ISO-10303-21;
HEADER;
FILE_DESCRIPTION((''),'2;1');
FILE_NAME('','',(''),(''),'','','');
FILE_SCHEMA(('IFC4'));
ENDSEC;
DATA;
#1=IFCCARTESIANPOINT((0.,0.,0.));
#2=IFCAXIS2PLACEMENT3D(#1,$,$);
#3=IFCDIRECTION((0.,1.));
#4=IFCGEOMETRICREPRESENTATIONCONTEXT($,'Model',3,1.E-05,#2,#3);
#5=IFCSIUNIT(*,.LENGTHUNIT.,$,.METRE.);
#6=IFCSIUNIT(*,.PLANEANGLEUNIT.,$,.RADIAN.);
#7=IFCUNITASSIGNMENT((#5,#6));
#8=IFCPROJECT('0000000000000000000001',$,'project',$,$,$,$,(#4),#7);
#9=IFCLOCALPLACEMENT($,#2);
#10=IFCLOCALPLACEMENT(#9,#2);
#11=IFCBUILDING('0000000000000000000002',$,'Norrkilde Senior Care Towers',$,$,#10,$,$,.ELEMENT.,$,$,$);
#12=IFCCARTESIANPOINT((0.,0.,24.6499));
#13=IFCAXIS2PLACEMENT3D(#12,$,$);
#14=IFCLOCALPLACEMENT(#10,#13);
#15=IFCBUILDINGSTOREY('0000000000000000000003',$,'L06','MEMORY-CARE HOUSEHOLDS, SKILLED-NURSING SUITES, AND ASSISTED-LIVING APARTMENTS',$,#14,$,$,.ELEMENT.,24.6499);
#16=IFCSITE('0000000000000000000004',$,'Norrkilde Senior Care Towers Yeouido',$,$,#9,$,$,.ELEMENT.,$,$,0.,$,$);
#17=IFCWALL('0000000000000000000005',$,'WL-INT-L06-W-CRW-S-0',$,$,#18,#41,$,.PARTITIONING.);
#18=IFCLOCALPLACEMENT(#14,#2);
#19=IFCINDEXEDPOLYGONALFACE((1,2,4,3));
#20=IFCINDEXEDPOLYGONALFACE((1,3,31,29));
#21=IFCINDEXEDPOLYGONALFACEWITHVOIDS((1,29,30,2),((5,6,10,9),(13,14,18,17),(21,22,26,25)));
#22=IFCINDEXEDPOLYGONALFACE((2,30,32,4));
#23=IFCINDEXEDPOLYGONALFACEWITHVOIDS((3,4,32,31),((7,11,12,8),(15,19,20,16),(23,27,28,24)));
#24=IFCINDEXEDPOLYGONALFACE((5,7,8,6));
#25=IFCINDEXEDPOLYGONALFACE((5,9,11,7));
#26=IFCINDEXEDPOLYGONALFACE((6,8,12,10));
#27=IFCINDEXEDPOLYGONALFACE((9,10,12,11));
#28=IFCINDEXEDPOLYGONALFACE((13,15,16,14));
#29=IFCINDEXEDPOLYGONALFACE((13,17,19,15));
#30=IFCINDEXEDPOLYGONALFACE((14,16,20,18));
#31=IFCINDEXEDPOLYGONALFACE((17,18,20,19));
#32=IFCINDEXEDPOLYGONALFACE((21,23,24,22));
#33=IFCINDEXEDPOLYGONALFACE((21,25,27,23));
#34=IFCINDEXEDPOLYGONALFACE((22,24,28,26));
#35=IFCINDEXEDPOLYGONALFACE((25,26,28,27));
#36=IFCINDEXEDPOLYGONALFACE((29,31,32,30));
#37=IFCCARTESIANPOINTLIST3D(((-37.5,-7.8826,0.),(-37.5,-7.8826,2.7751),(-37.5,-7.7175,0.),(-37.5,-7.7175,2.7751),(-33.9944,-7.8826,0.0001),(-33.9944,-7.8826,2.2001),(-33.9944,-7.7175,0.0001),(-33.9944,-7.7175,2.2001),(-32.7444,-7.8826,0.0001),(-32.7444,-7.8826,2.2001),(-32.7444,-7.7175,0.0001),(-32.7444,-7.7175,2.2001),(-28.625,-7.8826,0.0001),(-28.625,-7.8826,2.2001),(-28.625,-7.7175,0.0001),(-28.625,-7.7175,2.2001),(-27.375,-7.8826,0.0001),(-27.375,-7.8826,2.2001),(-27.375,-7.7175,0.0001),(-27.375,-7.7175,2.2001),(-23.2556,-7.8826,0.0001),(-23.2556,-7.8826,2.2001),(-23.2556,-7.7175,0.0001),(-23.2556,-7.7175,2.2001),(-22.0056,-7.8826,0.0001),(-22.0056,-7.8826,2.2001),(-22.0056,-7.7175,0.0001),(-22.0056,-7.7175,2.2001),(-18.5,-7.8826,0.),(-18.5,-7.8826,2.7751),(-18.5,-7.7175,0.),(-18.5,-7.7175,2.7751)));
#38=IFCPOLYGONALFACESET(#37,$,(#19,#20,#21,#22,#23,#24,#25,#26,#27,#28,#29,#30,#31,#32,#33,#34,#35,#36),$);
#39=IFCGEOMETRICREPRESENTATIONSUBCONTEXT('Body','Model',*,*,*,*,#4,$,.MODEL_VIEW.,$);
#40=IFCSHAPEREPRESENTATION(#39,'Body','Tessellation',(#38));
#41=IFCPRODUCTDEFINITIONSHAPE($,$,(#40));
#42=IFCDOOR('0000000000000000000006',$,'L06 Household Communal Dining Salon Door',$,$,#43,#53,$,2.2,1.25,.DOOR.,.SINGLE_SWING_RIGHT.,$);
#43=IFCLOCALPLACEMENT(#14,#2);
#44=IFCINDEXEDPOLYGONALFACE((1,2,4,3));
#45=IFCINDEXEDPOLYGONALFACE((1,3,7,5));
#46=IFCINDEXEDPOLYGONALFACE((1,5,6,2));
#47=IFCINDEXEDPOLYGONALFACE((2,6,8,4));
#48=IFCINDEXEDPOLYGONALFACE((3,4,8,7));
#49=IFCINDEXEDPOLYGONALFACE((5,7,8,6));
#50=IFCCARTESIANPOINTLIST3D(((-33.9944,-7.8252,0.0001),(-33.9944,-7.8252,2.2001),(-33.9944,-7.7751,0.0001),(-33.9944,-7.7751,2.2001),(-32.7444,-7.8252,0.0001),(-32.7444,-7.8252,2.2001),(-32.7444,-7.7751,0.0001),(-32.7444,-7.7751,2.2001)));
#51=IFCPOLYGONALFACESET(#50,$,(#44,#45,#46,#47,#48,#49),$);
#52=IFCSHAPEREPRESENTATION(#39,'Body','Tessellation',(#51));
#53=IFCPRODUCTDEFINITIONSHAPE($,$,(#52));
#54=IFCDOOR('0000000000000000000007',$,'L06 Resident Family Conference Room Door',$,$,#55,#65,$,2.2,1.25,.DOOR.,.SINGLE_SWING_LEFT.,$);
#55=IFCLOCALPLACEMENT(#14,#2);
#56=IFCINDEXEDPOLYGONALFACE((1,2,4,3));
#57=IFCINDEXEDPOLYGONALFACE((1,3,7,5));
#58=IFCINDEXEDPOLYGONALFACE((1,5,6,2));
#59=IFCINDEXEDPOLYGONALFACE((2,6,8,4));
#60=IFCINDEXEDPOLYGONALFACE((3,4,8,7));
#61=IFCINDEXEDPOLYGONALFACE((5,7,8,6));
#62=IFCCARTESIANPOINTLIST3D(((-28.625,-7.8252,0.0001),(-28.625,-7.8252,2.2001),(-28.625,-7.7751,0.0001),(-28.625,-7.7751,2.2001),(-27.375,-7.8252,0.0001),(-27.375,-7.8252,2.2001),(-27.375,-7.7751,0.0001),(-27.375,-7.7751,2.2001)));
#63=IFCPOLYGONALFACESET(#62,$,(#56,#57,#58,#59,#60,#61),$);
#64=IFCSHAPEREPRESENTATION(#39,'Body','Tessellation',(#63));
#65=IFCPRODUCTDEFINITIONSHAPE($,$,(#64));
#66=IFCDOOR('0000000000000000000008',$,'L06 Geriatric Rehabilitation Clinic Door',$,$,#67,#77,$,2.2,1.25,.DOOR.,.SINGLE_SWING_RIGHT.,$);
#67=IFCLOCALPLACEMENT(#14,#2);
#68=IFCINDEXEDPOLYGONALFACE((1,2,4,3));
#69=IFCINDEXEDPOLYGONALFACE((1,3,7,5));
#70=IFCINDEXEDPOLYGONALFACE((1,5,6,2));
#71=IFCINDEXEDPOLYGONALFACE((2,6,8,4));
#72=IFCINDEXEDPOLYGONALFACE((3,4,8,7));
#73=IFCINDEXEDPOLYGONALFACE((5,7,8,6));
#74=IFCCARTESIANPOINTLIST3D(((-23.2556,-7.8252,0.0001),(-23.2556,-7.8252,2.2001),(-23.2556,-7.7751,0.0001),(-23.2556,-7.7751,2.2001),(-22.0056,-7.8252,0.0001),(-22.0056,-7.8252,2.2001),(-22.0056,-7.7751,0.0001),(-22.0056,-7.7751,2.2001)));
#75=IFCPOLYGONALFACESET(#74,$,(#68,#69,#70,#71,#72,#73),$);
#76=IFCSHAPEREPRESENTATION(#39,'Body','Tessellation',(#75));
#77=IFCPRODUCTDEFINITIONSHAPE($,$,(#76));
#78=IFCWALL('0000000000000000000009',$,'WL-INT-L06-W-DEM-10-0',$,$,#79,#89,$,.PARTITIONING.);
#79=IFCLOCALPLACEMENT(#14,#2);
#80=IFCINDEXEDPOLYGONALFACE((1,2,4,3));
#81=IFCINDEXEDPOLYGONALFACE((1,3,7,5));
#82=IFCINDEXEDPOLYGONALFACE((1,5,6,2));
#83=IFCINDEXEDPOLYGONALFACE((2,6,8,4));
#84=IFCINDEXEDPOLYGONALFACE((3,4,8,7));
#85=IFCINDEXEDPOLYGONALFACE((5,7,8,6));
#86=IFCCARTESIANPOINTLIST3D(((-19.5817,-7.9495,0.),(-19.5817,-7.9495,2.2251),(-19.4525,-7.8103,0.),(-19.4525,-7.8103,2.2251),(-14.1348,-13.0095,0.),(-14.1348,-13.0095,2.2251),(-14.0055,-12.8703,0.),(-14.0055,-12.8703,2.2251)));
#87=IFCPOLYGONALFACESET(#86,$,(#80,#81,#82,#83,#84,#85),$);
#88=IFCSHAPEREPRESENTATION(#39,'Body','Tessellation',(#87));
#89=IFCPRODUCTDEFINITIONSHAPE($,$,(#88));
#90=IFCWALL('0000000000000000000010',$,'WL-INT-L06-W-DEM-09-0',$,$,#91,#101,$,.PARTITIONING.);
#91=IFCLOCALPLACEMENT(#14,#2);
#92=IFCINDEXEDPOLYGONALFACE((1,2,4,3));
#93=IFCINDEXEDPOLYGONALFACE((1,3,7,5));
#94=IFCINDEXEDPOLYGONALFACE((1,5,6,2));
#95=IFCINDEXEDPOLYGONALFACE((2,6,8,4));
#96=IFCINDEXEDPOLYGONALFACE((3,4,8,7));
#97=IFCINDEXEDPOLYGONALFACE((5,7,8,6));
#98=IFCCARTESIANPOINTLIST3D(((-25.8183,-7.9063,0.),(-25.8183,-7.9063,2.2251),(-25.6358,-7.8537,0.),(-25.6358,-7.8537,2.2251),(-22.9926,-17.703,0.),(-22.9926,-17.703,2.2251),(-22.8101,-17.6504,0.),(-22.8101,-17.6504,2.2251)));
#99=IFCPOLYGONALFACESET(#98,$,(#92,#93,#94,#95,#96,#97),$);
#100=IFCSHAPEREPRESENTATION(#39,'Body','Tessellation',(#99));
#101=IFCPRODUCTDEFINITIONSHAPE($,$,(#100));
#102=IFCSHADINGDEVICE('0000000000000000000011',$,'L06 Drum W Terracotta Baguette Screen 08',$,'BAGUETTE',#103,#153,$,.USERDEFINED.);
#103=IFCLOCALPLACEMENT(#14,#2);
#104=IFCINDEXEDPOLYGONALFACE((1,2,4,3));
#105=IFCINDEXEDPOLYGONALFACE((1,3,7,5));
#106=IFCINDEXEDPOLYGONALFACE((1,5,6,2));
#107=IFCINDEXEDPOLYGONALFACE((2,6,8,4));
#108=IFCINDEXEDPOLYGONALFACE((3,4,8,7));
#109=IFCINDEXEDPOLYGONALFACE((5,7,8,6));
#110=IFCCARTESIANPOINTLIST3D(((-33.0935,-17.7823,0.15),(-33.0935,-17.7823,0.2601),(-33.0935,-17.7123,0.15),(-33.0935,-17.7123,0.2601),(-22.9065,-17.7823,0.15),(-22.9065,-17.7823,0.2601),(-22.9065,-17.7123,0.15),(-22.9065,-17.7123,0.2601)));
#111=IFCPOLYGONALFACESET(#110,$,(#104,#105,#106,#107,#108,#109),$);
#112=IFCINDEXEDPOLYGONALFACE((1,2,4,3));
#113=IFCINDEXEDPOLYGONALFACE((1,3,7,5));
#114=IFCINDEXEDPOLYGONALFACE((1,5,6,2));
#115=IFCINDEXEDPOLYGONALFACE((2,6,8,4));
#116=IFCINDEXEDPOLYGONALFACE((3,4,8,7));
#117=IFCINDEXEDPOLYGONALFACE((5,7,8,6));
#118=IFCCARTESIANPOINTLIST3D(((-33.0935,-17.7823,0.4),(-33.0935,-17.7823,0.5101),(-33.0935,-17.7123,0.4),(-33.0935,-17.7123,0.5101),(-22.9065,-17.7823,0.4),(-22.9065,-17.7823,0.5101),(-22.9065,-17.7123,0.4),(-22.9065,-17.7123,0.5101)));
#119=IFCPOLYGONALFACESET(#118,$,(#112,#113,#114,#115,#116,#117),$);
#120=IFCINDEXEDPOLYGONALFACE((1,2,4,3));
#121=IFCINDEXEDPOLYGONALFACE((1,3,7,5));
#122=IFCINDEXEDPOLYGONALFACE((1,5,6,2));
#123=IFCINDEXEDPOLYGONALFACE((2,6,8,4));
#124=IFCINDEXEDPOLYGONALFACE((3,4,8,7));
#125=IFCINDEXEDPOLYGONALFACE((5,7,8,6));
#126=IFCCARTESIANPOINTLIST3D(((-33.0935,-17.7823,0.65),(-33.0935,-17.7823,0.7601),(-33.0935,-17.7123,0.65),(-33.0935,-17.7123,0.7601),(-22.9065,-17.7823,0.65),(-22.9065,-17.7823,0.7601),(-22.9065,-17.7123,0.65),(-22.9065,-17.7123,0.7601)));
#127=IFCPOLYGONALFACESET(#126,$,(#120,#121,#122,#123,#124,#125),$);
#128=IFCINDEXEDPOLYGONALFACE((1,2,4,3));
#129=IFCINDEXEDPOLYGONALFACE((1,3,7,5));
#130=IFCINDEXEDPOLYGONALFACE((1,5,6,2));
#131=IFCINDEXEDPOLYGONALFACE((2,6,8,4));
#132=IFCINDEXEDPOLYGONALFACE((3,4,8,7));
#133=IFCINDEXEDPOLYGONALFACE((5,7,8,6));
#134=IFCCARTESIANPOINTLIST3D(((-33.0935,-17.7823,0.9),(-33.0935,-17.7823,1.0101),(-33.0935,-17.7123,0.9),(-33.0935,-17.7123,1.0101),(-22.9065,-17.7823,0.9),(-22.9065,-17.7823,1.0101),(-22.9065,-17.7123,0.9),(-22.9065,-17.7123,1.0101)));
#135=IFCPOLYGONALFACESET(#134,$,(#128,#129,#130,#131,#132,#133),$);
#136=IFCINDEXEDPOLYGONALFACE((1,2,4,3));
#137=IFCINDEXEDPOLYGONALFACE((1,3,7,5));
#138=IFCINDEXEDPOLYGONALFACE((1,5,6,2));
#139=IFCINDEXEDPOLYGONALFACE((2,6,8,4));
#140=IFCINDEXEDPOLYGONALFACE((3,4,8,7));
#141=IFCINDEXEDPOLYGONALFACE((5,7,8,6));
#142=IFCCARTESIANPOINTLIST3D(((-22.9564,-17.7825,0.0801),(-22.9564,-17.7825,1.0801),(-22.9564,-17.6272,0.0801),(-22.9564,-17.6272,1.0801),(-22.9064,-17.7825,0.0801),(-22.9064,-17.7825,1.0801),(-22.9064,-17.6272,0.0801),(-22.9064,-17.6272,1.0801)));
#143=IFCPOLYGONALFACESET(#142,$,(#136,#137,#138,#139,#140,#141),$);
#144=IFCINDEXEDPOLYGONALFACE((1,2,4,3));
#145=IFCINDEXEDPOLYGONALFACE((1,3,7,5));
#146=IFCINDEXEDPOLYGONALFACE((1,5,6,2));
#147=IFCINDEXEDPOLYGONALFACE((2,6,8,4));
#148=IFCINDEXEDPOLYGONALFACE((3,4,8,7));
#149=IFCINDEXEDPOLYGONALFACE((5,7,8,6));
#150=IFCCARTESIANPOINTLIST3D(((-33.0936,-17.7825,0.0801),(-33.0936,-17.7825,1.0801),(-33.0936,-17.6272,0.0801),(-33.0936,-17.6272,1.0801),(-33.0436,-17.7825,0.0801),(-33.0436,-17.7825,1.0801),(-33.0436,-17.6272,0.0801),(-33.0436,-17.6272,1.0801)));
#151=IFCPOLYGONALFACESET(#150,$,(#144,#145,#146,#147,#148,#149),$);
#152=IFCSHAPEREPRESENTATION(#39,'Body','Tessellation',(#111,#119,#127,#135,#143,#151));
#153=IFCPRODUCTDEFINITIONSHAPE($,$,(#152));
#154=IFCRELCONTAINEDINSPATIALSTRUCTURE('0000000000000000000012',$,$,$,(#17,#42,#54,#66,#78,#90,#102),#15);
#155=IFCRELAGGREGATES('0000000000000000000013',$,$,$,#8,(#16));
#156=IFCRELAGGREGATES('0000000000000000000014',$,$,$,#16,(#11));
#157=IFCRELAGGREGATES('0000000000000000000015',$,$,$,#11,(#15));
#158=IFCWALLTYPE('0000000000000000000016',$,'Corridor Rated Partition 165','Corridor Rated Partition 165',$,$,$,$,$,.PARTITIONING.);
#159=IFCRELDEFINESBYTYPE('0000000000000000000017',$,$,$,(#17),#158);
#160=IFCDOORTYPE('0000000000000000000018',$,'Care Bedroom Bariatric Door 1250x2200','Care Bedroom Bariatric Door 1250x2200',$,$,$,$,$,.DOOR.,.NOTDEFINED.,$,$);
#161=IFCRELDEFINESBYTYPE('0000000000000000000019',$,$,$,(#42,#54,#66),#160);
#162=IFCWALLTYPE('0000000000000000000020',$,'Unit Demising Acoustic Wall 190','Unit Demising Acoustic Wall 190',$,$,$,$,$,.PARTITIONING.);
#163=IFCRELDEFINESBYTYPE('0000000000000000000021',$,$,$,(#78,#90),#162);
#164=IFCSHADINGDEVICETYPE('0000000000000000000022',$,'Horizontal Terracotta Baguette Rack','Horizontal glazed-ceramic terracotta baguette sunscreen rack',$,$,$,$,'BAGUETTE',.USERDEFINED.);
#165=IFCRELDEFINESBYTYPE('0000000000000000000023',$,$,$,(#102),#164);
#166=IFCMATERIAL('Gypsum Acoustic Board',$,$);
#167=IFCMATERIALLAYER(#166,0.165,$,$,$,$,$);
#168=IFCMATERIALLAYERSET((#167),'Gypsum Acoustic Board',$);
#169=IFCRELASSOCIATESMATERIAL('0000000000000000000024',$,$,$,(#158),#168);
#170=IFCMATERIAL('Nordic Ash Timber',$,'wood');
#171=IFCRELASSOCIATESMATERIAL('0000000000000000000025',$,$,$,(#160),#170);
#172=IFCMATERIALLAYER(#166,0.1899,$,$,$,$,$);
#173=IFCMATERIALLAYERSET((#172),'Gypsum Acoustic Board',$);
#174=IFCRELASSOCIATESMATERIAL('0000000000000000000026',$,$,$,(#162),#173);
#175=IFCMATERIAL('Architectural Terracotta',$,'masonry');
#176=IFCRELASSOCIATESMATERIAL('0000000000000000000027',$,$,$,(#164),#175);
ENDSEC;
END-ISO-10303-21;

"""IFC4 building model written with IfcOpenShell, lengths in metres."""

from ifc_helpers import new_model, si_unit, direction, frame, frame_2d, origin, origin_2d, place, context, subcontext, project, spatial, rectangle, extrude, source, transform, mapped, material, layer, layer_set, type_object, type_shapes, element, fill, save


model = new_model("IFC4")

# Units and contexts
model_context = context("Model", 3, precision=1e-05, world=origin(), true_north=direction((0.0, 1.0)))
body_context = subcontext(model_context, "Body", "Model", "MODEL_VIEW")
ifc_project = project(units=[si_unit("LENGTHUNIT", "METRE"), si_unit("PLANEANGLEUNIT", "RADIAN")], contexts=[model_context])

# Site, building, storey
site_placement = place(None, origin())
site = spatial("IfcSite", under=ifc_project, at=site_placement, Name="Norrkilde Senior Care Towers Yeouido", CompositionType="ELEMENT", RefElevation=0.0)
building_placement = place(site_placement, origin())
building = spatial("IfcBuilding", under=site, at=building_placement, Name="Norrkilde Senior Care Towers", CompositionType="ELEMENT")
storey_placement = place(building_placement, frame((0.0, 0.0, 24.6499)))
storey = spatial("IfcBuildingStorey", under=building, at=storey_placement, Name="L06", Description="MEMORY-CARE HOUSEHOLDS, SKILLED-NURSING SUITES, AND ASSISTED-LIVING APARTMENTS", CompositionType="ELEMENT", Elevation=24.6499)

# Shared definitions
ifc_material_1 = material(Name="Gypsum Acoustic Board")
ifc_layer_1 = layer(ifc_material_1, 0.165)
ifc_layer_set_1 = layer_set([ifc_layer_1], Name="Gypsum Acoustic Board")
wall_type_1 = type_object("IfcWallType", Name="Corridor Rated Partition 165", Description="Corridor Rated Partition 165", PredefinedType="PARTITIONING", material=ifc_layer_set_1)

# Wall, openings, doors
shared_shape_1 = source(origin(), body_context, "Body", "SweptSolid", [
    extrude(rectangle(XDim=19.0, YDim=0.165, at=frame_2d((9.5, 0.0))), origin(), (0.0, 0.0, 1.0), 2.7751),
])
wall_1_placement = place(storey_placement, frame((-18.5, -7.8, 0.0), z_axis=(0.0, 0.0, 1.0), x_axis=(-1.0, 0.0, 0.0)))
wall_1 = element("IfcWall", 1, at=wall_1_placement, inside=storey, type_object=wall_type_1, Name="WL-INT-L06-W-CRW-S-0", PredefinedType="PARTITIONING", context=body_context, shape_type="MappedRepresentation", body=[
    mapped(shared_shape_1, transform((0.0, 0.0, 0.0), x_axis=(1.0, 0.0, 0.0), y_axis=(0.0, 1.0, 0.0), z_axis=(0.0, 0.0, 1.0), scale=1.0)),
])
opening_1_placement = place(wall_1_placement, frame((14.2444, 0.0, 0.0)))
opening_1 = element("IfcOpeningElement", 2, at=opening_1_placement, cuts=wall_1, PredefinedType="OPENING", context=body_context, shape_type="SweptSolid", body=[
    extrude(rectangle(XDim=1.25, YDim=2.2, at=frame_2d((0.625, 1.1001))), frame((0.0, 0.0925, 0.0), z_axis=(0.0, -1.0, 0.0), x_axis=(1.0, 0.0, 0.0)), (0.0, 0.0, 1.0), 0.1851),
])
opening_2_placement = place(wall_1_placement, frame((8.875, 0.0, 0.0)))
opening_2 = element("IfcOpeningElement", 3, at=opening_2_placement, cuts=wall_1, PredefinedType="OPENING", context=body_context, shape_type="SweptSolid", body=[
    extrude(rectangle(XDim=1.25, YDim=2.2, at=frame_2d((0.625, 1.1001))), frame((0.0, 0.0925, 0.0), z_axis=(0.0, -1.0, 0.0), x_axis=(1.0, 0.0, 0.0)), (0.0, 0.0, 1.0), 0.1851),
])
opening_3_placement = place(wall_1_placement, frame((3.5056, 0.0, 0.0)))
opening_3 = element("IfcOpeningElement", 4, at=opening_3_placement, cuts=wall_1, PredefinedType="OPENING", context=body_context, shape_type="SweptSolid", body=[
    extrude(rectangle(XDim=1.25, YDim=2.2, at=frame_2d((0.625, 1.1001))), frame((0.0, 0.0925, 0.0), z_axis=(0.0, -1.0, 0.0), x_axis=(1.0, 0.0, 0.0)), (0.0, 0.0, 1.0), 0.1851),
])
ifc_material_2 = material(Name="Nordic Ash Timber", Category="wood")
door_type_1 = type_object("IfcDoorType", Name="Care Bedroom Bariatric Door 1250x2200", Description="Care Bedroom Bariatric Door 1250x2200", OperationType="NOTDEFINED", PredefinedType="DOOR", material=ifc_material_2)
shared_shape_2 = source(origin(), body_context, "Body", "SweptSolid", [
    extrude(rectangle(XDim=1.25, YDim=2.2, at=frame_2d((0.625, 1.1001))), frame((0.0, 0.0249, 0.0), z_axis=(0.0, -1.0, 0.0), x_axis=(1.0, 0.0, 0.0)), (0.0, 0.0, 1.0), 0.05),
])
type_shapes(door_type_1, [shared_shape_2])
door_1_placement = place(opening_1_placement, frame((1.25, 0.0, 0.0), z_axis=(0.0, 0.0, 1.0), x_axis=(-1.0, 0.0, 0.0)))
door_1 = element("IfcDoor", 5, at=door_1_placement, inside=storey, type_object=door_type_1, Name="L06 Household Communal Dining Salon Door", OperationType="SINGLE_SWING_RIGHT", OverallHeight=2.2, OverallWidth=1.25, PredefinedType="DOOR", context=body_context, shape_type="MappedRepresentation", body=[
    mapped(shared_shape_2, transform((0.0, 0.0, 0.0), x_axis=(1.0, 0.0, 0.0), y_axis=(0.0, 1.0, 0.0), z_axis=(0.0, 0.0, 1.0), scale=1.0)),
])
fill(opening_1, door_1)
door_2_placement = place(opening_2_placement, frame((1.25, 0.0, 0.0), z_axis=(0.0, 0.0, 1.0), x_axis=(-1.0, 0.0, 0.0)))
door_2 = element("IfcDoor", 6, at=door_2_placement, inside=storey, type_object=door_type_1, Name="L06 Resident Family Conference Room Door", OperationType="SINGLE_SWING_LEFT", OverallHeight=2.2, OverallWidth=1.25, PredefinedType="DOOR", context=body_context, shape_type="MappedRepresentation", body=[
    mapped(shared_shape_2, transform((0.0, 0.0, 0.0), x_axis=(1.0, 0.0, 0.0), y_axis=(0.0, 1.0, 0.0), z_axis=(0.0, 0.0, 1.0), scale=1.0)),
])
fill(opening_2, door_2)
door_3_placement = place(opening_3_placement, frame((1.25, 0.0, 0.0), z_axis=(0.0, 0.0, 1.0), x_axis=(-1.0, 0.0, 0.0)))
door_3 = element("IfcDoor", 7, at=door_3_placement, inside=storey, type_object=door_type_1, Name="L06 Geriatric Rehabilitation Clinic Door", OperationType="SINGLE_SWING_RIGHT", OverallHeight=2.2, OverallWidth=1.25, PredefinedType="DOOR", context=body_context, shape_type="MappedRepresentation", body=[
    mapped(shared_shape_2, transform((0.0, 0.0, 0.0), x_axis=(1.0, 0.0, 0.0), y_axis=(0.0, 1.0, 0.0), z_axis=(0.0, 0.0, 1.0), scale=1.0)),
])
fill(opening_3, door_3)

# Walls
ifc_layer_2 = layer(ifc_material_1, 0.1899)
ifc_layer_set_2 = layer_set([ifc_layer_2], Name="Gypsum Acoustic Board")
wall_type_2 = type_object("IfcWallType", Name="Unit Demising Acoustic Wall 190", Description="Unit Demising Acoustic Wall 190", PredefinedType="PARTITIONING", material=ifc_layer_set_2)
shared_shape_3 = source(origin(), body_context, "Body", "SweptSolid", [
    extrude(rectangle(XDim=7.4346, YDim=0.1899, at=frame_2d((3.7173, 0.0))), origin(), (0.0, 0.0, 1.0), 2.2251),
])
wall_2_placement = place(storey_placement, frame((-19.5171, -7.8799, 0.0), z_axis=(0.0, 0.0, 1.0), x_axis=(0.732652, -0.680603, 0.0)))
element("IfcWall", 8, at=wall_2_placement, inside=storey, type_object=wall_type_2, Name="WL-INT-L06-W-DEM-10-0", PredefinedType="PARTITIONING", context=body_context, shape_type="MappedRepresentation", body=[
    mapped(shared_shape_3, transform((0.0, 0.0, 0.0), x_axis=(1.0, 0.0, 0.0), y_axis=(0.0, 1.0, 0.0), z_axis=(0.0, 0.0, 1.0), scale=1.0)),
])
shared_shape_4 = source(origin(), body_context, "Body", "SweptSolid", [
    extrude(rectangle(XDim=10.196, YDim=0.1899, at=frame_2d((5.0981, 0.0))), origin(), (0.0, 0.0, 1.0), 2.2251),
])
type_shapes(wall_type_2, [shared_shape_3, shared_shape_4])
wall_3_placement = place(storey_placement, frame((-25.7271, -7.8799, 0.0), z_axis=(0.0, 0.0, 1.0), x_axis=(0.277136, -0.960831, 0.0)))
element("IfcWall", 9, at=wall_3_placement, inside=storey, type_object=wall_type_2, Name="WL-INT-L06-W-DEM-09-0", PredefinedType="PARTITIONING", context=body_context, shape_type="MappedRepresentation", body=[
    mapped(shared_shape_4, transform((0.0, 0.0, 0.0), x_axis=(1.0, 0.0, 0.0), y_axis=(0.0, 1.0, 0.0), z_axis=(0.0, 0.0, 1.0), scale=1.0)),
])

# Shading device
ifc_material_3 = material(Name="Architectural Terracotta", Category="masonry")
shading_device_type = type_object("IfcShadingDeviceType", Name="Horizontal Terracotta Baguette Rack", Description="Horizontal glazed-ceramic terracotta baguette sunscreen rack", ElementType="BAGUETTE", PredefinedType="USERDEFINED", material=ifc_material_3)
shared_shape_5 = source(origin(), body_context, "Body", "SweptSolid", [
    extrude(rectangle(XDim=0.0701, YDim=0.1101, at=origin_2d()), frame((0.0, 0.0901, 0.125), z_axis=(1.0, 0.0, 0.0), x_axis=(0.0, 1.0, 0.0)), (0.0, 0.0, 1.0), 10.187),
    extrude(rectangle(XDim=0.0701, YDim=0.1101, at=origin_2d()), frame((0.0, 0.0901, 0.375), z_axis=(1.0, 0.0, 0.0), x_axis=(0.0, 1.0, 0.0)), (0.0, 0.0, 1.0), 10.187),
    extrude(rectangle(XDim=0.0701, YDim=0.1101, at=origin_2d()), frame((0.0, 0.0901, 0.625), z_axis=(1.0, 0.0, 0.0), x_axis=(0.0, 1.0, 0.0)), (0.0, 0.0, 1.0), 10.187),
    extrude(rectangle(XDim=0.0701, YDim=0.1101, at=origin_2d()), frame((0.0, 0.0901, 0.875), z_axis=(1.0, 0.0, 0.0), x_axis=(0.0, 1.0, 0.0)), (0.0, 0.0, 1.0), 10.187),
    extrude(rectangle(XDim=0.05, YDim=0.1553, at=origin_2d()), frame((0.0249, 0.0476, 0.0)), (0.0, 0.0, 1.0), 1.0),
    extrude(rectangle(XDim=0.05, YDim=0.1553, at=origin_2d()), frame((10.1621, 0.0476, 0.0)), (0.0, 0.0, 1.0), 1.0),
])
type_shapes(shading_device_type, [shared_shape_5])
shading_device_placement = place(storey_placement, frame((-22.9065, -17.6572, 0.0801), z_axis=(0.0, 0.0, 1.0), x_axis=(-1.0, 0.0, 0.0)))
element("IfcShadingDevice", 10, at=shading_device_placement, inside=storey, type_object=shading_device_type, Name="L06 Drum W Terracotta Baguette Screen 08", ObjectType="BAGUETTE", PredefinedType="USERDEFINED", context=body_context, shape_type="MappedRepresentation", body=[
    mapped(shared_shape_5, transform((0.0, 0.0, 0.0), x_axis=(1.0, 0.0, 0.0), y_axis=(0.0, 1.0, 0.0), z_axis=(0.0, 0.0, 1.0), scale=1.0)),
])

save(model, "model.ifc")
